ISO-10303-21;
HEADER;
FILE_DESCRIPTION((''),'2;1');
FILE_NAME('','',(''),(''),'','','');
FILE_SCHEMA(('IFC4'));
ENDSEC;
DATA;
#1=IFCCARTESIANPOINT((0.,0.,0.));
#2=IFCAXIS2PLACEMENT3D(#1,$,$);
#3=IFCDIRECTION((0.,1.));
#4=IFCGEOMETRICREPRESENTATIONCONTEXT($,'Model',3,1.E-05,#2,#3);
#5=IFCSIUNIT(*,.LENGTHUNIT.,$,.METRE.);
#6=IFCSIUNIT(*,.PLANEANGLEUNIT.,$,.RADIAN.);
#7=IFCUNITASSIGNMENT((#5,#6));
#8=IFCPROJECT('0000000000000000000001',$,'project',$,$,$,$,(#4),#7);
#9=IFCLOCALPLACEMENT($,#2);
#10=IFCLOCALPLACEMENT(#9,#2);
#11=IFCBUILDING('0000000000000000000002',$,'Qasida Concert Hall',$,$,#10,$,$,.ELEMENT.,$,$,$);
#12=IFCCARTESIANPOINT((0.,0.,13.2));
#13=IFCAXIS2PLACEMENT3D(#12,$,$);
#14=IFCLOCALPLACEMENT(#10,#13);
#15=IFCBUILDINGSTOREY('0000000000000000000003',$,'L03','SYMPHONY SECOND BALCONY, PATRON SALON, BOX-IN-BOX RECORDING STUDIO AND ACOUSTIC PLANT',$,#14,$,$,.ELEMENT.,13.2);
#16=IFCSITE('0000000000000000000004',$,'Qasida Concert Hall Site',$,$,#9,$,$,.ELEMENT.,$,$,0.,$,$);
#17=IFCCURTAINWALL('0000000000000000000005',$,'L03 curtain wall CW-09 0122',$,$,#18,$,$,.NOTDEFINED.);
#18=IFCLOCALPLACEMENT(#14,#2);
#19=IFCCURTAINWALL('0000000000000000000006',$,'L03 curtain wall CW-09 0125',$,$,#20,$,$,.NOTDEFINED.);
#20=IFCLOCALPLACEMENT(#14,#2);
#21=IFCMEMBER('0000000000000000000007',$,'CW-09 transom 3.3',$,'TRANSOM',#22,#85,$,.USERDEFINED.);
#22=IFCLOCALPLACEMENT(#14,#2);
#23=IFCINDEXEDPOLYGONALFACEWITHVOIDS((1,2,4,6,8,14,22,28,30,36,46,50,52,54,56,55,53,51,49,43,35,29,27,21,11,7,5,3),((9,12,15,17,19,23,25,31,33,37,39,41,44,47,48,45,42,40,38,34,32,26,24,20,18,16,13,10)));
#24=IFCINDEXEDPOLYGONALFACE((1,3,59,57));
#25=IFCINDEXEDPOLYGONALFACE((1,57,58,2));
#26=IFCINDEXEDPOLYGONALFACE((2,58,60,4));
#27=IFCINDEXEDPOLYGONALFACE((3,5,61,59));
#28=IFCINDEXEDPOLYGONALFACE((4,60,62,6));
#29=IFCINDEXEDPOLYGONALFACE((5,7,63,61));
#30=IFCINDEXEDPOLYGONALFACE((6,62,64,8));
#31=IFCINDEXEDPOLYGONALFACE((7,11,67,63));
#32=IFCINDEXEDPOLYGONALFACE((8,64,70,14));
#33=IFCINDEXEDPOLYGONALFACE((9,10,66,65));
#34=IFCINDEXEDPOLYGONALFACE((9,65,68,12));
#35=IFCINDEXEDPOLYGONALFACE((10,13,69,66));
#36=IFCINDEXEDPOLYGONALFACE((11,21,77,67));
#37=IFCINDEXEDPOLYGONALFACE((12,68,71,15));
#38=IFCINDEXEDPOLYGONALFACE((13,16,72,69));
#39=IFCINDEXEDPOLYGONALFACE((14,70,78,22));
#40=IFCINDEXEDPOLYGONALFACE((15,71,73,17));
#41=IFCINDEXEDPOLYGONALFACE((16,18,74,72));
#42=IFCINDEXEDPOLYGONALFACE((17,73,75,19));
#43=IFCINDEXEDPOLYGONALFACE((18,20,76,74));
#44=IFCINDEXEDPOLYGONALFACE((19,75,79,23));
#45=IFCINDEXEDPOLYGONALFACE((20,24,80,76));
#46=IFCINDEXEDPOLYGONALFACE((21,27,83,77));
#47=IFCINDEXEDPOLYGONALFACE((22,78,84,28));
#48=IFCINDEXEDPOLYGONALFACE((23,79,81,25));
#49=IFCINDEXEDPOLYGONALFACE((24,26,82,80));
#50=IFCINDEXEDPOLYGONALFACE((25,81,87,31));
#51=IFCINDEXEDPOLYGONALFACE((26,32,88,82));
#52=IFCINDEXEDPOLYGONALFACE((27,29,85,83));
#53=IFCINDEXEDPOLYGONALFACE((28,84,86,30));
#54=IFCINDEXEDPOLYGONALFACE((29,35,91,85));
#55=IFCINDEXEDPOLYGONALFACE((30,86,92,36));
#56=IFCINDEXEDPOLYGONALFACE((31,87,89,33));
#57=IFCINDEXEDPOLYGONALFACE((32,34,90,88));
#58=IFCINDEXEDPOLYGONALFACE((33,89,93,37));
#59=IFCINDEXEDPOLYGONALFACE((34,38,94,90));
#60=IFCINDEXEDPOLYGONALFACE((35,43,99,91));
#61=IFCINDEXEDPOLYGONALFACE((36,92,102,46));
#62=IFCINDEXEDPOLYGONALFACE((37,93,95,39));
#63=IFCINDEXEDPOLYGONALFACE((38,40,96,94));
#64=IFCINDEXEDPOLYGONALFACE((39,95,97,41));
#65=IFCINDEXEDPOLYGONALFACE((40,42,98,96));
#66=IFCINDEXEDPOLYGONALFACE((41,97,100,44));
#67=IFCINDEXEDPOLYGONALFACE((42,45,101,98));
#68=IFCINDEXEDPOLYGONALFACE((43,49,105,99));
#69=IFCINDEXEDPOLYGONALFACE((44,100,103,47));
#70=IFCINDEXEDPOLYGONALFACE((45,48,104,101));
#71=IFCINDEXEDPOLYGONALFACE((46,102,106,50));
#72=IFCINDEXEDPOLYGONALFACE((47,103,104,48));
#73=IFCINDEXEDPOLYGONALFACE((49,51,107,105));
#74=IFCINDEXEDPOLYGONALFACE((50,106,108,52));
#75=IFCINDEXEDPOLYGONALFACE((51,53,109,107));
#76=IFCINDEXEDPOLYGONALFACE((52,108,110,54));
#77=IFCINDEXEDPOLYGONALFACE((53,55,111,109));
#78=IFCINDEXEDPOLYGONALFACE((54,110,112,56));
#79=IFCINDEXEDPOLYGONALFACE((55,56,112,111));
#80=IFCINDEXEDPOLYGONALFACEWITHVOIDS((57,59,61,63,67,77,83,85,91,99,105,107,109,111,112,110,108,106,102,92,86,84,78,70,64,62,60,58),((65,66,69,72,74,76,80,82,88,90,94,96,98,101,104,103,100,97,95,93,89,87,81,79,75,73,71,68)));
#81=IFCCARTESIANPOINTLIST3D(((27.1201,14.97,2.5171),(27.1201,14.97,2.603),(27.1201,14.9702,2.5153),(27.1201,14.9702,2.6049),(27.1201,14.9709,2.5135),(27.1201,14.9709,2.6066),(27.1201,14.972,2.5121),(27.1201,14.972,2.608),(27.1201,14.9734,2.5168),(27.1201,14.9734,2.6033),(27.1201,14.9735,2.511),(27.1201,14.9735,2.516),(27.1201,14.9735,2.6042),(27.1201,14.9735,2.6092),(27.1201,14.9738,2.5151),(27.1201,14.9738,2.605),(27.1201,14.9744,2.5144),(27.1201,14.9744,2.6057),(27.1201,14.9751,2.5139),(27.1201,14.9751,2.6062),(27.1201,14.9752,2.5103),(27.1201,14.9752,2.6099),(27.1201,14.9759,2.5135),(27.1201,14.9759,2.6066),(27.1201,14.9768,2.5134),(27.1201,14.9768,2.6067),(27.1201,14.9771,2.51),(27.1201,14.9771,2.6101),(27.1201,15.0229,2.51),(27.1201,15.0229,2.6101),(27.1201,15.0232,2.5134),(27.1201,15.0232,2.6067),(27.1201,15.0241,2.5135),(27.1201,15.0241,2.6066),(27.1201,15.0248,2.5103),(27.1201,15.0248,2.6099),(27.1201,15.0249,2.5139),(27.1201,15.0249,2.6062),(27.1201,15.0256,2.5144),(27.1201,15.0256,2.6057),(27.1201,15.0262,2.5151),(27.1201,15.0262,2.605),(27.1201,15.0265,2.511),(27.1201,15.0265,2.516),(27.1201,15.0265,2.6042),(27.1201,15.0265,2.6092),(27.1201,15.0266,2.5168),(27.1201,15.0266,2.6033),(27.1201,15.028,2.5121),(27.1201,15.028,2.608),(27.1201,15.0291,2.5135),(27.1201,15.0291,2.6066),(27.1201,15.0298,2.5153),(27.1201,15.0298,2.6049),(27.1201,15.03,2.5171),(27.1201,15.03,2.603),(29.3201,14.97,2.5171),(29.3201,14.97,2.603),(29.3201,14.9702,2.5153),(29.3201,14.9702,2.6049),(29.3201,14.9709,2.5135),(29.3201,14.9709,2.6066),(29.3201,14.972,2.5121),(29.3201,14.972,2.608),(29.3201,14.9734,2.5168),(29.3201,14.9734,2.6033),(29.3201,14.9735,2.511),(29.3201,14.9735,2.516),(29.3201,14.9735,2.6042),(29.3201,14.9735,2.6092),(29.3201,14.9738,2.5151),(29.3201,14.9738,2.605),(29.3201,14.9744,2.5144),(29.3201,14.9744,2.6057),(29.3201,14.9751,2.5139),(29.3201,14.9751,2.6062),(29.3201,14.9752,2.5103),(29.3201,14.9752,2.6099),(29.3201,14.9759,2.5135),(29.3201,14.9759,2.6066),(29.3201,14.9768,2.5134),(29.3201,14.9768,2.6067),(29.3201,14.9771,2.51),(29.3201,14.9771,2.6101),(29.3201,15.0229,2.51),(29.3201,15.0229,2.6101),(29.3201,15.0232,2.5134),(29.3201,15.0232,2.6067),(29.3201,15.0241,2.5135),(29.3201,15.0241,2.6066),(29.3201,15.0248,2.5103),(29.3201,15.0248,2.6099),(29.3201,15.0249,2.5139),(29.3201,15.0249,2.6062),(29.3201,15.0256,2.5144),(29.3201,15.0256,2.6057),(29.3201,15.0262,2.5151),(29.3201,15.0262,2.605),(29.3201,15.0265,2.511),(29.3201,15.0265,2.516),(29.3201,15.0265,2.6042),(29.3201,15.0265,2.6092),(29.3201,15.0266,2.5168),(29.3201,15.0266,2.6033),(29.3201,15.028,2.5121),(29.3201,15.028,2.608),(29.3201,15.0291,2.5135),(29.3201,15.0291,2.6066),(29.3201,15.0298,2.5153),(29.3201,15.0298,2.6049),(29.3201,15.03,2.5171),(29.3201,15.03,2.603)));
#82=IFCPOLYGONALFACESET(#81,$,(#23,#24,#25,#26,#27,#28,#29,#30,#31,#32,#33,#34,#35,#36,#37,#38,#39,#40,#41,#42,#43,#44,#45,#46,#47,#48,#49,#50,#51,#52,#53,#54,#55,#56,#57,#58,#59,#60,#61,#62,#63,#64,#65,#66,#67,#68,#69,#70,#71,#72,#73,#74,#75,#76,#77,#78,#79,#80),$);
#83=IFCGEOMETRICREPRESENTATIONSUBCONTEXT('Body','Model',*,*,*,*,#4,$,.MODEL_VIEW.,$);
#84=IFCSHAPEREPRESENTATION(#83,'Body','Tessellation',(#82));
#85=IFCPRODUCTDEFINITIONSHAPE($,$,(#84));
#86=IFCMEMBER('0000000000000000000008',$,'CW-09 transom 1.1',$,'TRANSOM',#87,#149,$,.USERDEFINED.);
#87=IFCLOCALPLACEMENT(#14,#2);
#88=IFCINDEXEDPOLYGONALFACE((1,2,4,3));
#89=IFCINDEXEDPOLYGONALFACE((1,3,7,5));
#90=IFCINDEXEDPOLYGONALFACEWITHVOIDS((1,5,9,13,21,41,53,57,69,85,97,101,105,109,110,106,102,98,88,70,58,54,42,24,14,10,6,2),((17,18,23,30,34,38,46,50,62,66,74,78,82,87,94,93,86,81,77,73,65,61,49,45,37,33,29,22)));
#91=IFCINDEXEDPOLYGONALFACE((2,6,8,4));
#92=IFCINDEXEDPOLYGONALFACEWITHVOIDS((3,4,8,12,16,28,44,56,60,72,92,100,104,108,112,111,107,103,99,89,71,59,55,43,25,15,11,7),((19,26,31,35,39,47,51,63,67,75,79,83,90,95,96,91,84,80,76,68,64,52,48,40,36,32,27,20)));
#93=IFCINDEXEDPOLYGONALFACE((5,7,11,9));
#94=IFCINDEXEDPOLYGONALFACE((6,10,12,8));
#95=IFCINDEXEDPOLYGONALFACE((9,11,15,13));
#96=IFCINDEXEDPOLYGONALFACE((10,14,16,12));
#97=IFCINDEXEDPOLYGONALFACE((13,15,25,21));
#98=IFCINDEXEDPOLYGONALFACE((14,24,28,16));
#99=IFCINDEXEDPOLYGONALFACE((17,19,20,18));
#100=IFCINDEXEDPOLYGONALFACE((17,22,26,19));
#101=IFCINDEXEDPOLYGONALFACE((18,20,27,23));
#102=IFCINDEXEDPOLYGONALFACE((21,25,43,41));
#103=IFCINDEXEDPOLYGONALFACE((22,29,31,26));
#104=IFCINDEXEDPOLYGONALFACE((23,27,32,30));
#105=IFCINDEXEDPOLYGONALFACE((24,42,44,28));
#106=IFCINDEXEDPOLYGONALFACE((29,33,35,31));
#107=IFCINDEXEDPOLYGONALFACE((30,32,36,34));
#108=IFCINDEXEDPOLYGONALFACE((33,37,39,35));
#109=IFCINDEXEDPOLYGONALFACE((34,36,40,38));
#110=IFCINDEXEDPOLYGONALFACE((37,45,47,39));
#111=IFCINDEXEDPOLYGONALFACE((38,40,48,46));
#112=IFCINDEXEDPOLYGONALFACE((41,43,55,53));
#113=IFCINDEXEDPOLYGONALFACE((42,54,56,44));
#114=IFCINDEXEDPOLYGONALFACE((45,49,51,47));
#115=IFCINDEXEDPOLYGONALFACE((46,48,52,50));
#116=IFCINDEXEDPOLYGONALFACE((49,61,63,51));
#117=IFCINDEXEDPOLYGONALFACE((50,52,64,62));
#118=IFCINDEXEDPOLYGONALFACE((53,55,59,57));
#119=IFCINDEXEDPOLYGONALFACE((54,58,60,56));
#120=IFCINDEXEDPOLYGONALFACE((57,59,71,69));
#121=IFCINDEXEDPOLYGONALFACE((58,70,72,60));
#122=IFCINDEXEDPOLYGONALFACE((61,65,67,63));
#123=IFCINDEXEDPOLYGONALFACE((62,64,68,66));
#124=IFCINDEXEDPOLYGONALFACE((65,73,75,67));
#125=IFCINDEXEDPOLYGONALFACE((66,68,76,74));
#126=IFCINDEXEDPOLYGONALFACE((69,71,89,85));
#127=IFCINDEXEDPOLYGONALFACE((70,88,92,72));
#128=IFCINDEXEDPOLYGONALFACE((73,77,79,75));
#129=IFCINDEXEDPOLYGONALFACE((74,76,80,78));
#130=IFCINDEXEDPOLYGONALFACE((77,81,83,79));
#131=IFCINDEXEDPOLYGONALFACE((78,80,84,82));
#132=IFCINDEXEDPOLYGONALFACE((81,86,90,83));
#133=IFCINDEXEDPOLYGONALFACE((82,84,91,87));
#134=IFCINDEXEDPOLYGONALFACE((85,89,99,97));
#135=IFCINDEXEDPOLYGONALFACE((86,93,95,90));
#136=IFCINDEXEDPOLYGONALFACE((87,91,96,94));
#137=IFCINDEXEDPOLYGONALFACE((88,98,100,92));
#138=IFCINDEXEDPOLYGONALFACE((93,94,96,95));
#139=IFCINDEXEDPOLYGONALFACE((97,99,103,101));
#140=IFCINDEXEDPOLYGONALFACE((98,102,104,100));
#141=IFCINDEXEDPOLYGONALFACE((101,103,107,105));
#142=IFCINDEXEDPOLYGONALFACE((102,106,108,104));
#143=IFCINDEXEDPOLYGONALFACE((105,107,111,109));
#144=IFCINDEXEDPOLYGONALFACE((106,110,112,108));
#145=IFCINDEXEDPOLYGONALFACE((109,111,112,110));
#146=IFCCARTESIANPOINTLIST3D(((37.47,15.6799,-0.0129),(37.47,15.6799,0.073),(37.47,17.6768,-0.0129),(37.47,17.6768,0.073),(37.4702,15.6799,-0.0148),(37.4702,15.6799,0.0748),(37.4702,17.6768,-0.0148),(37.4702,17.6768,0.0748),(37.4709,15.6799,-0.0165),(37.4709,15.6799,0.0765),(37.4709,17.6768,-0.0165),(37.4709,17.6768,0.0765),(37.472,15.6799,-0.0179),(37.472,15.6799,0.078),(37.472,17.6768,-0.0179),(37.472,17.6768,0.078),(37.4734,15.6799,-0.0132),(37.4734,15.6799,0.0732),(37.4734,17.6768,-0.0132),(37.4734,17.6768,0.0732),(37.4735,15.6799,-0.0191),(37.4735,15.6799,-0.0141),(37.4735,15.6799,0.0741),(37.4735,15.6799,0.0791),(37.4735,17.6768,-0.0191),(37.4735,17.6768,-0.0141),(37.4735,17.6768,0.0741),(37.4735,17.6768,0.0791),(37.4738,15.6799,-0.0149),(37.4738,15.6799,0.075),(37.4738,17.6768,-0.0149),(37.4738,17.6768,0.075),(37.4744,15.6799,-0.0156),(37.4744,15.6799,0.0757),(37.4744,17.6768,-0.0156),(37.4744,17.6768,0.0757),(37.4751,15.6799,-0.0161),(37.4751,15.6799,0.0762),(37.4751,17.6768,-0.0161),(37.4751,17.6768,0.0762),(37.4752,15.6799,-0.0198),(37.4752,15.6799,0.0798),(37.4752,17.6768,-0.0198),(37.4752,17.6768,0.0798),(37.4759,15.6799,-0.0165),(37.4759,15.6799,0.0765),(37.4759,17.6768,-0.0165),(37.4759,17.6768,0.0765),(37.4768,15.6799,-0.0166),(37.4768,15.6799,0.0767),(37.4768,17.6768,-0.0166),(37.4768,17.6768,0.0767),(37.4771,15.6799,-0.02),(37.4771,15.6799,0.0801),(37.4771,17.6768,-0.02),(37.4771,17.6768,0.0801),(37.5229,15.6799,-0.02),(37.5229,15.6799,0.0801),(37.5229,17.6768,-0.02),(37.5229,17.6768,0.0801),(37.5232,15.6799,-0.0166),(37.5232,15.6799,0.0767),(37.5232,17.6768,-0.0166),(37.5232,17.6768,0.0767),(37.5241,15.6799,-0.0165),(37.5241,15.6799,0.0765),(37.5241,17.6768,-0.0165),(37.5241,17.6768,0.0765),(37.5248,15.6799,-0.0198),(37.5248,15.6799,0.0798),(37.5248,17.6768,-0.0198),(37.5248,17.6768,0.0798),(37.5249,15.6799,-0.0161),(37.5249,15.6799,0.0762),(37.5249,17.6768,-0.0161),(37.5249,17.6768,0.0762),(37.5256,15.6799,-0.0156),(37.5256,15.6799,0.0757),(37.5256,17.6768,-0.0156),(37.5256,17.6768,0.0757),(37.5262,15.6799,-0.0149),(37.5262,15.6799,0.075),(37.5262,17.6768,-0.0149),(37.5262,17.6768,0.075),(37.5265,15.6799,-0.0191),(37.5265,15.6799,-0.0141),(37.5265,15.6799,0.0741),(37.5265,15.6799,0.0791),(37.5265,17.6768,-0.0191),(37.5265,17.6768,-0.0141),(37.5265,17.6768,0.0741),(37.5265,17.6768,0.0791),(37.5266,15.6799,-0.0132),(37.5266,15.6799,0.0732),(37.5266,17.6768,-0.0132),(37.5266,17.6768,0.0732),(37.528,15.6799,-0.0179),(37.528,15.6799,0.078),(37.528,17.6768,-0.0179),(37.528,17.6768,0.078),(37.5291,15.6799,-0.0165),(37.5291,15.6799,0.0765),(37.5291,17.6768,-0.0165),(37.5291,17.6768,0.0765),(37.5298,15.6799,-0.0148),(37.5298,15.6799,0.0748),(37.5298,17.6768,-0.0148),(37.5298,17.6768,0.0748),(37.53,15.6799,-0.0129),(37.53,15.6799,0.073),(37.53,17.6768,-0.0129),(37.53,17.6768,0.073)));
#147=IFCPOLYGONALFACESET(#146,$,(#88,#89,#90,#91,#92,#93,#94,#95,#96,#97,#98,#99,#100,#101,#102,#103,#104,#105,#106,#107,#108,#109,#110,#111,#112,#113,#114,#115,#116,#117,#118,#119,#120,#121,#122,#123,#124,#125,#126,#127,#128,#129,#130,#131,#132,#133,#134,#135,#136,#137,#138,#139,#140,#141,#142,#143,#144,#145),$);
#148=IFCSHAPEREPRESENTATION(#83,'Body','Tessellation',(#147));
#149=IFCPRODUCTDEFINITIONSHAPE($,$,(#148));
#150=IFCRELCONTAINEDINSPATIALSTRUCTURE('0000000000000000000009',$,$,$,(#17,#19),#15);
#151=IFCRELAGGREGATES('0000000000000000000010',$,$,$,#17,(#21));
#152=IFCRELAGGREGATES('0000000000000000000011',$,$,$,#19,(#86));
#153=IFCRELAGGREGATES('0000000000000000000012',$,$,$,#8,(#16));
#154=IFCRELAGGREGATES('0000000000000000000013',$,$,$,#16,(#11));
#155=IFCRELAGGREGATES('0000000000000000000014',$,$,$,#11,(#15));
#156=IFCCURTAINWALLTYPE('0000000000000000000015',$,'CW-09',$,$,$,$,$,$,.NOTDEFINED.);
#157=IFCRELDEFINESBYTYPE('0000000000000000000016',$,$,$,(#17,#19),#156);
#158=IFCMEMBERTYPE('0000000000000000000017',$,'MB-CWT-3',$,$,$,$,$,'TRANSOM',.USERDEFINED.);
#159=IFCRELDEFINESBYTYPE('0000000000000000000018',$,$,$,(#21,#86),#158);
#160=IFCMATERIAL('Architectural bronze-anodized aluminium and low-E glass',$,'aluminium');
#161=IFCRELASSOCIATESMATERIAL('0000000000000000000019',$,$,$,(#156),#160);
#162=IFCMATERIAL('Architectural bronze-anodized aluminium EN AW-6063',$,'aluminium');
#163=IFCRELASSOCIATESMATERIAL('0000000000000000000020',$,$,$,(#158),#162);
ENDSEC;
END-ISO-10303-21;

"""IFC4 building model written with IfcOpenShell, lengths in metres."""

from ifc_helpers import new_model, si_unit, direction, frame, origin, origin_2d, place, context, subcontext, project, spatial, hollow_rectangle, extrude, material, material_profile, profile_set, type_object, element, aggregate, save


model = new_model("IFC4")

# Units and contexts
model_context = context("Model", 3, precision=1e-05, world=origin(), true_north=direction((0.0, 1.0)))
body_context = subcontext(model_context, "Body", "Model", "MODEL_VIEW")
ifc_project = project(units=[si_unit("LENGTHUNIT", "METRE"), si_unit("PLANEANGLEUNIT", "RADIAN")], contexts=[model_context])

# Site, building, storey
site_placement = place(None, origin())
site = spatial("IfcSite", under=ifc_project, at=site_placement, Name="Qasida Concert Hall Site", CompositionType="ELEMENT", RefElevation=0.0)
building_placement = place(site_placement, origin())
building = spatial("IfcBuilding", under=site, at=building_placement, Name="Qasida Concert Hall", CompositionType="ELEMENT")
storey_placement = place(building_placement, frame((0.0, 0.0, 13.2)))
storey = spatial("IfcBuildingStorey", under=building, at=storey_placement, Name="L03", Description="SYMPHONY SECOND BALCONY, PATRON SALON, BOX-IN-BOX RECORDING STUDIO AND ACOUSTIC PLANT", CompositionType="ELEMENT", Elevation=13.2)

# Curtain wall
ifc_material_1 = material(Name="Architectural bronze-anodized aluminium and low-E glass", Category="aluminium")
curtain_wall_type = type_object("IfcCurtainWallType", Name="CW-09", PredefinedType="NOTDEFINED", material=ifc_material_1)
curtain_wall_1_placement = place(storey_placement, origin())
curtain_wall_1 = element("IfcCurtainWall", 1, at=curtain_wall_1_placement, inside=storey, type_object=curtain_wall_type, Name="L03 curtain wall CW-09 0122", PredefinedType="NOTDEFINED")
ifc_material_2 = material(Name="Architectural bronze-anodized aluminium EN AW-6063", Category="aluminium")

# Curtain wall
curtain_wall_2_placement = place(storey_placement, origin())
curtain_wall_2 = element("IfcCurtainWall", 2, at=curtain_wall_2_placement, inside=storey, type_object=curtain_wall_type, Name="L03 curtain wall CW-09 0125", PredefinedType="NOTDEFINED")

# Members
ifc_material_profile_1 = material_profile(ifc_material_2, hollow_rectangle(XDim=0.0601, YDim=0.1001, WallThickness=0.0034, InnerFilletRadius=0.0034, OuterFilletRadius=0.0071, at=origin_2d()), Name="CWT 100x60x3.5")
ifc_profile_set_1 = profile_set([ifc_material_profile_1], Name="Architectural bronze-anodized aluminium EN AW-6063")
member_type_1 = type_object("IfcMemberType", Name="MB-CWT-3", ElementType="TRANSOM", PredefinedType="USERDEFINED", material=ifc_profile_set_1)
member_1_placement = place(storey_placement, frame((27.1201, 15.0, 2.5601), z_axis=(1.0, 0.0, 0.0), x_axis=(0.0, 1.0, 0.0)))
member_1 = element("IfcMember", 3, at=member_1_placement, type_object=member_type_1, Name="CW-09 transom 3.3", ObjectType="TRANSOM", PredefinedType="USERDEFINED", context=body_context, shape_type="SweptSolid", body=[
    extrude(hollow_rectangle(XDim=0.0601, YDim=0.1001, WallThickness=0.0034, InnerFilletRadius=0.0034, OuterFilletRadius=0.0071, at=origin_2d()), origin(), (0.0, 0.0, 1.0), 2.2),
])
member_2_placement = place(storey_placement, frame((37.5, 15.6799, 0.03), z_axis=(0.0, 1.0, 0.0), x_axis=(-1.0, 0.0, 0.0)))
member_2 = element("IfcMember", 4, at=member_2_placement, type_object=member_type_1, Name="CW-09 transom 1.1", ObjectType="TRANSOM", PredefinedType="USERDEFINED", context=body_context, shape_type="SweptSolid", body=[
    extrude(hollow_rectangle(XDim=0.0601, YDim=0.1001, WallThickness=0.0034, InnerFilletRadius=0.0034, OuterFilletRadius=0.0071, at=origin_2d()), origin(), (0.0, 0.0, 1.0), 1.9968),
])

aggregate(curtain_wall_1, [member_1])
aggregate(curtain_wall_2, [member_2])

save(model, "model.ifc")
